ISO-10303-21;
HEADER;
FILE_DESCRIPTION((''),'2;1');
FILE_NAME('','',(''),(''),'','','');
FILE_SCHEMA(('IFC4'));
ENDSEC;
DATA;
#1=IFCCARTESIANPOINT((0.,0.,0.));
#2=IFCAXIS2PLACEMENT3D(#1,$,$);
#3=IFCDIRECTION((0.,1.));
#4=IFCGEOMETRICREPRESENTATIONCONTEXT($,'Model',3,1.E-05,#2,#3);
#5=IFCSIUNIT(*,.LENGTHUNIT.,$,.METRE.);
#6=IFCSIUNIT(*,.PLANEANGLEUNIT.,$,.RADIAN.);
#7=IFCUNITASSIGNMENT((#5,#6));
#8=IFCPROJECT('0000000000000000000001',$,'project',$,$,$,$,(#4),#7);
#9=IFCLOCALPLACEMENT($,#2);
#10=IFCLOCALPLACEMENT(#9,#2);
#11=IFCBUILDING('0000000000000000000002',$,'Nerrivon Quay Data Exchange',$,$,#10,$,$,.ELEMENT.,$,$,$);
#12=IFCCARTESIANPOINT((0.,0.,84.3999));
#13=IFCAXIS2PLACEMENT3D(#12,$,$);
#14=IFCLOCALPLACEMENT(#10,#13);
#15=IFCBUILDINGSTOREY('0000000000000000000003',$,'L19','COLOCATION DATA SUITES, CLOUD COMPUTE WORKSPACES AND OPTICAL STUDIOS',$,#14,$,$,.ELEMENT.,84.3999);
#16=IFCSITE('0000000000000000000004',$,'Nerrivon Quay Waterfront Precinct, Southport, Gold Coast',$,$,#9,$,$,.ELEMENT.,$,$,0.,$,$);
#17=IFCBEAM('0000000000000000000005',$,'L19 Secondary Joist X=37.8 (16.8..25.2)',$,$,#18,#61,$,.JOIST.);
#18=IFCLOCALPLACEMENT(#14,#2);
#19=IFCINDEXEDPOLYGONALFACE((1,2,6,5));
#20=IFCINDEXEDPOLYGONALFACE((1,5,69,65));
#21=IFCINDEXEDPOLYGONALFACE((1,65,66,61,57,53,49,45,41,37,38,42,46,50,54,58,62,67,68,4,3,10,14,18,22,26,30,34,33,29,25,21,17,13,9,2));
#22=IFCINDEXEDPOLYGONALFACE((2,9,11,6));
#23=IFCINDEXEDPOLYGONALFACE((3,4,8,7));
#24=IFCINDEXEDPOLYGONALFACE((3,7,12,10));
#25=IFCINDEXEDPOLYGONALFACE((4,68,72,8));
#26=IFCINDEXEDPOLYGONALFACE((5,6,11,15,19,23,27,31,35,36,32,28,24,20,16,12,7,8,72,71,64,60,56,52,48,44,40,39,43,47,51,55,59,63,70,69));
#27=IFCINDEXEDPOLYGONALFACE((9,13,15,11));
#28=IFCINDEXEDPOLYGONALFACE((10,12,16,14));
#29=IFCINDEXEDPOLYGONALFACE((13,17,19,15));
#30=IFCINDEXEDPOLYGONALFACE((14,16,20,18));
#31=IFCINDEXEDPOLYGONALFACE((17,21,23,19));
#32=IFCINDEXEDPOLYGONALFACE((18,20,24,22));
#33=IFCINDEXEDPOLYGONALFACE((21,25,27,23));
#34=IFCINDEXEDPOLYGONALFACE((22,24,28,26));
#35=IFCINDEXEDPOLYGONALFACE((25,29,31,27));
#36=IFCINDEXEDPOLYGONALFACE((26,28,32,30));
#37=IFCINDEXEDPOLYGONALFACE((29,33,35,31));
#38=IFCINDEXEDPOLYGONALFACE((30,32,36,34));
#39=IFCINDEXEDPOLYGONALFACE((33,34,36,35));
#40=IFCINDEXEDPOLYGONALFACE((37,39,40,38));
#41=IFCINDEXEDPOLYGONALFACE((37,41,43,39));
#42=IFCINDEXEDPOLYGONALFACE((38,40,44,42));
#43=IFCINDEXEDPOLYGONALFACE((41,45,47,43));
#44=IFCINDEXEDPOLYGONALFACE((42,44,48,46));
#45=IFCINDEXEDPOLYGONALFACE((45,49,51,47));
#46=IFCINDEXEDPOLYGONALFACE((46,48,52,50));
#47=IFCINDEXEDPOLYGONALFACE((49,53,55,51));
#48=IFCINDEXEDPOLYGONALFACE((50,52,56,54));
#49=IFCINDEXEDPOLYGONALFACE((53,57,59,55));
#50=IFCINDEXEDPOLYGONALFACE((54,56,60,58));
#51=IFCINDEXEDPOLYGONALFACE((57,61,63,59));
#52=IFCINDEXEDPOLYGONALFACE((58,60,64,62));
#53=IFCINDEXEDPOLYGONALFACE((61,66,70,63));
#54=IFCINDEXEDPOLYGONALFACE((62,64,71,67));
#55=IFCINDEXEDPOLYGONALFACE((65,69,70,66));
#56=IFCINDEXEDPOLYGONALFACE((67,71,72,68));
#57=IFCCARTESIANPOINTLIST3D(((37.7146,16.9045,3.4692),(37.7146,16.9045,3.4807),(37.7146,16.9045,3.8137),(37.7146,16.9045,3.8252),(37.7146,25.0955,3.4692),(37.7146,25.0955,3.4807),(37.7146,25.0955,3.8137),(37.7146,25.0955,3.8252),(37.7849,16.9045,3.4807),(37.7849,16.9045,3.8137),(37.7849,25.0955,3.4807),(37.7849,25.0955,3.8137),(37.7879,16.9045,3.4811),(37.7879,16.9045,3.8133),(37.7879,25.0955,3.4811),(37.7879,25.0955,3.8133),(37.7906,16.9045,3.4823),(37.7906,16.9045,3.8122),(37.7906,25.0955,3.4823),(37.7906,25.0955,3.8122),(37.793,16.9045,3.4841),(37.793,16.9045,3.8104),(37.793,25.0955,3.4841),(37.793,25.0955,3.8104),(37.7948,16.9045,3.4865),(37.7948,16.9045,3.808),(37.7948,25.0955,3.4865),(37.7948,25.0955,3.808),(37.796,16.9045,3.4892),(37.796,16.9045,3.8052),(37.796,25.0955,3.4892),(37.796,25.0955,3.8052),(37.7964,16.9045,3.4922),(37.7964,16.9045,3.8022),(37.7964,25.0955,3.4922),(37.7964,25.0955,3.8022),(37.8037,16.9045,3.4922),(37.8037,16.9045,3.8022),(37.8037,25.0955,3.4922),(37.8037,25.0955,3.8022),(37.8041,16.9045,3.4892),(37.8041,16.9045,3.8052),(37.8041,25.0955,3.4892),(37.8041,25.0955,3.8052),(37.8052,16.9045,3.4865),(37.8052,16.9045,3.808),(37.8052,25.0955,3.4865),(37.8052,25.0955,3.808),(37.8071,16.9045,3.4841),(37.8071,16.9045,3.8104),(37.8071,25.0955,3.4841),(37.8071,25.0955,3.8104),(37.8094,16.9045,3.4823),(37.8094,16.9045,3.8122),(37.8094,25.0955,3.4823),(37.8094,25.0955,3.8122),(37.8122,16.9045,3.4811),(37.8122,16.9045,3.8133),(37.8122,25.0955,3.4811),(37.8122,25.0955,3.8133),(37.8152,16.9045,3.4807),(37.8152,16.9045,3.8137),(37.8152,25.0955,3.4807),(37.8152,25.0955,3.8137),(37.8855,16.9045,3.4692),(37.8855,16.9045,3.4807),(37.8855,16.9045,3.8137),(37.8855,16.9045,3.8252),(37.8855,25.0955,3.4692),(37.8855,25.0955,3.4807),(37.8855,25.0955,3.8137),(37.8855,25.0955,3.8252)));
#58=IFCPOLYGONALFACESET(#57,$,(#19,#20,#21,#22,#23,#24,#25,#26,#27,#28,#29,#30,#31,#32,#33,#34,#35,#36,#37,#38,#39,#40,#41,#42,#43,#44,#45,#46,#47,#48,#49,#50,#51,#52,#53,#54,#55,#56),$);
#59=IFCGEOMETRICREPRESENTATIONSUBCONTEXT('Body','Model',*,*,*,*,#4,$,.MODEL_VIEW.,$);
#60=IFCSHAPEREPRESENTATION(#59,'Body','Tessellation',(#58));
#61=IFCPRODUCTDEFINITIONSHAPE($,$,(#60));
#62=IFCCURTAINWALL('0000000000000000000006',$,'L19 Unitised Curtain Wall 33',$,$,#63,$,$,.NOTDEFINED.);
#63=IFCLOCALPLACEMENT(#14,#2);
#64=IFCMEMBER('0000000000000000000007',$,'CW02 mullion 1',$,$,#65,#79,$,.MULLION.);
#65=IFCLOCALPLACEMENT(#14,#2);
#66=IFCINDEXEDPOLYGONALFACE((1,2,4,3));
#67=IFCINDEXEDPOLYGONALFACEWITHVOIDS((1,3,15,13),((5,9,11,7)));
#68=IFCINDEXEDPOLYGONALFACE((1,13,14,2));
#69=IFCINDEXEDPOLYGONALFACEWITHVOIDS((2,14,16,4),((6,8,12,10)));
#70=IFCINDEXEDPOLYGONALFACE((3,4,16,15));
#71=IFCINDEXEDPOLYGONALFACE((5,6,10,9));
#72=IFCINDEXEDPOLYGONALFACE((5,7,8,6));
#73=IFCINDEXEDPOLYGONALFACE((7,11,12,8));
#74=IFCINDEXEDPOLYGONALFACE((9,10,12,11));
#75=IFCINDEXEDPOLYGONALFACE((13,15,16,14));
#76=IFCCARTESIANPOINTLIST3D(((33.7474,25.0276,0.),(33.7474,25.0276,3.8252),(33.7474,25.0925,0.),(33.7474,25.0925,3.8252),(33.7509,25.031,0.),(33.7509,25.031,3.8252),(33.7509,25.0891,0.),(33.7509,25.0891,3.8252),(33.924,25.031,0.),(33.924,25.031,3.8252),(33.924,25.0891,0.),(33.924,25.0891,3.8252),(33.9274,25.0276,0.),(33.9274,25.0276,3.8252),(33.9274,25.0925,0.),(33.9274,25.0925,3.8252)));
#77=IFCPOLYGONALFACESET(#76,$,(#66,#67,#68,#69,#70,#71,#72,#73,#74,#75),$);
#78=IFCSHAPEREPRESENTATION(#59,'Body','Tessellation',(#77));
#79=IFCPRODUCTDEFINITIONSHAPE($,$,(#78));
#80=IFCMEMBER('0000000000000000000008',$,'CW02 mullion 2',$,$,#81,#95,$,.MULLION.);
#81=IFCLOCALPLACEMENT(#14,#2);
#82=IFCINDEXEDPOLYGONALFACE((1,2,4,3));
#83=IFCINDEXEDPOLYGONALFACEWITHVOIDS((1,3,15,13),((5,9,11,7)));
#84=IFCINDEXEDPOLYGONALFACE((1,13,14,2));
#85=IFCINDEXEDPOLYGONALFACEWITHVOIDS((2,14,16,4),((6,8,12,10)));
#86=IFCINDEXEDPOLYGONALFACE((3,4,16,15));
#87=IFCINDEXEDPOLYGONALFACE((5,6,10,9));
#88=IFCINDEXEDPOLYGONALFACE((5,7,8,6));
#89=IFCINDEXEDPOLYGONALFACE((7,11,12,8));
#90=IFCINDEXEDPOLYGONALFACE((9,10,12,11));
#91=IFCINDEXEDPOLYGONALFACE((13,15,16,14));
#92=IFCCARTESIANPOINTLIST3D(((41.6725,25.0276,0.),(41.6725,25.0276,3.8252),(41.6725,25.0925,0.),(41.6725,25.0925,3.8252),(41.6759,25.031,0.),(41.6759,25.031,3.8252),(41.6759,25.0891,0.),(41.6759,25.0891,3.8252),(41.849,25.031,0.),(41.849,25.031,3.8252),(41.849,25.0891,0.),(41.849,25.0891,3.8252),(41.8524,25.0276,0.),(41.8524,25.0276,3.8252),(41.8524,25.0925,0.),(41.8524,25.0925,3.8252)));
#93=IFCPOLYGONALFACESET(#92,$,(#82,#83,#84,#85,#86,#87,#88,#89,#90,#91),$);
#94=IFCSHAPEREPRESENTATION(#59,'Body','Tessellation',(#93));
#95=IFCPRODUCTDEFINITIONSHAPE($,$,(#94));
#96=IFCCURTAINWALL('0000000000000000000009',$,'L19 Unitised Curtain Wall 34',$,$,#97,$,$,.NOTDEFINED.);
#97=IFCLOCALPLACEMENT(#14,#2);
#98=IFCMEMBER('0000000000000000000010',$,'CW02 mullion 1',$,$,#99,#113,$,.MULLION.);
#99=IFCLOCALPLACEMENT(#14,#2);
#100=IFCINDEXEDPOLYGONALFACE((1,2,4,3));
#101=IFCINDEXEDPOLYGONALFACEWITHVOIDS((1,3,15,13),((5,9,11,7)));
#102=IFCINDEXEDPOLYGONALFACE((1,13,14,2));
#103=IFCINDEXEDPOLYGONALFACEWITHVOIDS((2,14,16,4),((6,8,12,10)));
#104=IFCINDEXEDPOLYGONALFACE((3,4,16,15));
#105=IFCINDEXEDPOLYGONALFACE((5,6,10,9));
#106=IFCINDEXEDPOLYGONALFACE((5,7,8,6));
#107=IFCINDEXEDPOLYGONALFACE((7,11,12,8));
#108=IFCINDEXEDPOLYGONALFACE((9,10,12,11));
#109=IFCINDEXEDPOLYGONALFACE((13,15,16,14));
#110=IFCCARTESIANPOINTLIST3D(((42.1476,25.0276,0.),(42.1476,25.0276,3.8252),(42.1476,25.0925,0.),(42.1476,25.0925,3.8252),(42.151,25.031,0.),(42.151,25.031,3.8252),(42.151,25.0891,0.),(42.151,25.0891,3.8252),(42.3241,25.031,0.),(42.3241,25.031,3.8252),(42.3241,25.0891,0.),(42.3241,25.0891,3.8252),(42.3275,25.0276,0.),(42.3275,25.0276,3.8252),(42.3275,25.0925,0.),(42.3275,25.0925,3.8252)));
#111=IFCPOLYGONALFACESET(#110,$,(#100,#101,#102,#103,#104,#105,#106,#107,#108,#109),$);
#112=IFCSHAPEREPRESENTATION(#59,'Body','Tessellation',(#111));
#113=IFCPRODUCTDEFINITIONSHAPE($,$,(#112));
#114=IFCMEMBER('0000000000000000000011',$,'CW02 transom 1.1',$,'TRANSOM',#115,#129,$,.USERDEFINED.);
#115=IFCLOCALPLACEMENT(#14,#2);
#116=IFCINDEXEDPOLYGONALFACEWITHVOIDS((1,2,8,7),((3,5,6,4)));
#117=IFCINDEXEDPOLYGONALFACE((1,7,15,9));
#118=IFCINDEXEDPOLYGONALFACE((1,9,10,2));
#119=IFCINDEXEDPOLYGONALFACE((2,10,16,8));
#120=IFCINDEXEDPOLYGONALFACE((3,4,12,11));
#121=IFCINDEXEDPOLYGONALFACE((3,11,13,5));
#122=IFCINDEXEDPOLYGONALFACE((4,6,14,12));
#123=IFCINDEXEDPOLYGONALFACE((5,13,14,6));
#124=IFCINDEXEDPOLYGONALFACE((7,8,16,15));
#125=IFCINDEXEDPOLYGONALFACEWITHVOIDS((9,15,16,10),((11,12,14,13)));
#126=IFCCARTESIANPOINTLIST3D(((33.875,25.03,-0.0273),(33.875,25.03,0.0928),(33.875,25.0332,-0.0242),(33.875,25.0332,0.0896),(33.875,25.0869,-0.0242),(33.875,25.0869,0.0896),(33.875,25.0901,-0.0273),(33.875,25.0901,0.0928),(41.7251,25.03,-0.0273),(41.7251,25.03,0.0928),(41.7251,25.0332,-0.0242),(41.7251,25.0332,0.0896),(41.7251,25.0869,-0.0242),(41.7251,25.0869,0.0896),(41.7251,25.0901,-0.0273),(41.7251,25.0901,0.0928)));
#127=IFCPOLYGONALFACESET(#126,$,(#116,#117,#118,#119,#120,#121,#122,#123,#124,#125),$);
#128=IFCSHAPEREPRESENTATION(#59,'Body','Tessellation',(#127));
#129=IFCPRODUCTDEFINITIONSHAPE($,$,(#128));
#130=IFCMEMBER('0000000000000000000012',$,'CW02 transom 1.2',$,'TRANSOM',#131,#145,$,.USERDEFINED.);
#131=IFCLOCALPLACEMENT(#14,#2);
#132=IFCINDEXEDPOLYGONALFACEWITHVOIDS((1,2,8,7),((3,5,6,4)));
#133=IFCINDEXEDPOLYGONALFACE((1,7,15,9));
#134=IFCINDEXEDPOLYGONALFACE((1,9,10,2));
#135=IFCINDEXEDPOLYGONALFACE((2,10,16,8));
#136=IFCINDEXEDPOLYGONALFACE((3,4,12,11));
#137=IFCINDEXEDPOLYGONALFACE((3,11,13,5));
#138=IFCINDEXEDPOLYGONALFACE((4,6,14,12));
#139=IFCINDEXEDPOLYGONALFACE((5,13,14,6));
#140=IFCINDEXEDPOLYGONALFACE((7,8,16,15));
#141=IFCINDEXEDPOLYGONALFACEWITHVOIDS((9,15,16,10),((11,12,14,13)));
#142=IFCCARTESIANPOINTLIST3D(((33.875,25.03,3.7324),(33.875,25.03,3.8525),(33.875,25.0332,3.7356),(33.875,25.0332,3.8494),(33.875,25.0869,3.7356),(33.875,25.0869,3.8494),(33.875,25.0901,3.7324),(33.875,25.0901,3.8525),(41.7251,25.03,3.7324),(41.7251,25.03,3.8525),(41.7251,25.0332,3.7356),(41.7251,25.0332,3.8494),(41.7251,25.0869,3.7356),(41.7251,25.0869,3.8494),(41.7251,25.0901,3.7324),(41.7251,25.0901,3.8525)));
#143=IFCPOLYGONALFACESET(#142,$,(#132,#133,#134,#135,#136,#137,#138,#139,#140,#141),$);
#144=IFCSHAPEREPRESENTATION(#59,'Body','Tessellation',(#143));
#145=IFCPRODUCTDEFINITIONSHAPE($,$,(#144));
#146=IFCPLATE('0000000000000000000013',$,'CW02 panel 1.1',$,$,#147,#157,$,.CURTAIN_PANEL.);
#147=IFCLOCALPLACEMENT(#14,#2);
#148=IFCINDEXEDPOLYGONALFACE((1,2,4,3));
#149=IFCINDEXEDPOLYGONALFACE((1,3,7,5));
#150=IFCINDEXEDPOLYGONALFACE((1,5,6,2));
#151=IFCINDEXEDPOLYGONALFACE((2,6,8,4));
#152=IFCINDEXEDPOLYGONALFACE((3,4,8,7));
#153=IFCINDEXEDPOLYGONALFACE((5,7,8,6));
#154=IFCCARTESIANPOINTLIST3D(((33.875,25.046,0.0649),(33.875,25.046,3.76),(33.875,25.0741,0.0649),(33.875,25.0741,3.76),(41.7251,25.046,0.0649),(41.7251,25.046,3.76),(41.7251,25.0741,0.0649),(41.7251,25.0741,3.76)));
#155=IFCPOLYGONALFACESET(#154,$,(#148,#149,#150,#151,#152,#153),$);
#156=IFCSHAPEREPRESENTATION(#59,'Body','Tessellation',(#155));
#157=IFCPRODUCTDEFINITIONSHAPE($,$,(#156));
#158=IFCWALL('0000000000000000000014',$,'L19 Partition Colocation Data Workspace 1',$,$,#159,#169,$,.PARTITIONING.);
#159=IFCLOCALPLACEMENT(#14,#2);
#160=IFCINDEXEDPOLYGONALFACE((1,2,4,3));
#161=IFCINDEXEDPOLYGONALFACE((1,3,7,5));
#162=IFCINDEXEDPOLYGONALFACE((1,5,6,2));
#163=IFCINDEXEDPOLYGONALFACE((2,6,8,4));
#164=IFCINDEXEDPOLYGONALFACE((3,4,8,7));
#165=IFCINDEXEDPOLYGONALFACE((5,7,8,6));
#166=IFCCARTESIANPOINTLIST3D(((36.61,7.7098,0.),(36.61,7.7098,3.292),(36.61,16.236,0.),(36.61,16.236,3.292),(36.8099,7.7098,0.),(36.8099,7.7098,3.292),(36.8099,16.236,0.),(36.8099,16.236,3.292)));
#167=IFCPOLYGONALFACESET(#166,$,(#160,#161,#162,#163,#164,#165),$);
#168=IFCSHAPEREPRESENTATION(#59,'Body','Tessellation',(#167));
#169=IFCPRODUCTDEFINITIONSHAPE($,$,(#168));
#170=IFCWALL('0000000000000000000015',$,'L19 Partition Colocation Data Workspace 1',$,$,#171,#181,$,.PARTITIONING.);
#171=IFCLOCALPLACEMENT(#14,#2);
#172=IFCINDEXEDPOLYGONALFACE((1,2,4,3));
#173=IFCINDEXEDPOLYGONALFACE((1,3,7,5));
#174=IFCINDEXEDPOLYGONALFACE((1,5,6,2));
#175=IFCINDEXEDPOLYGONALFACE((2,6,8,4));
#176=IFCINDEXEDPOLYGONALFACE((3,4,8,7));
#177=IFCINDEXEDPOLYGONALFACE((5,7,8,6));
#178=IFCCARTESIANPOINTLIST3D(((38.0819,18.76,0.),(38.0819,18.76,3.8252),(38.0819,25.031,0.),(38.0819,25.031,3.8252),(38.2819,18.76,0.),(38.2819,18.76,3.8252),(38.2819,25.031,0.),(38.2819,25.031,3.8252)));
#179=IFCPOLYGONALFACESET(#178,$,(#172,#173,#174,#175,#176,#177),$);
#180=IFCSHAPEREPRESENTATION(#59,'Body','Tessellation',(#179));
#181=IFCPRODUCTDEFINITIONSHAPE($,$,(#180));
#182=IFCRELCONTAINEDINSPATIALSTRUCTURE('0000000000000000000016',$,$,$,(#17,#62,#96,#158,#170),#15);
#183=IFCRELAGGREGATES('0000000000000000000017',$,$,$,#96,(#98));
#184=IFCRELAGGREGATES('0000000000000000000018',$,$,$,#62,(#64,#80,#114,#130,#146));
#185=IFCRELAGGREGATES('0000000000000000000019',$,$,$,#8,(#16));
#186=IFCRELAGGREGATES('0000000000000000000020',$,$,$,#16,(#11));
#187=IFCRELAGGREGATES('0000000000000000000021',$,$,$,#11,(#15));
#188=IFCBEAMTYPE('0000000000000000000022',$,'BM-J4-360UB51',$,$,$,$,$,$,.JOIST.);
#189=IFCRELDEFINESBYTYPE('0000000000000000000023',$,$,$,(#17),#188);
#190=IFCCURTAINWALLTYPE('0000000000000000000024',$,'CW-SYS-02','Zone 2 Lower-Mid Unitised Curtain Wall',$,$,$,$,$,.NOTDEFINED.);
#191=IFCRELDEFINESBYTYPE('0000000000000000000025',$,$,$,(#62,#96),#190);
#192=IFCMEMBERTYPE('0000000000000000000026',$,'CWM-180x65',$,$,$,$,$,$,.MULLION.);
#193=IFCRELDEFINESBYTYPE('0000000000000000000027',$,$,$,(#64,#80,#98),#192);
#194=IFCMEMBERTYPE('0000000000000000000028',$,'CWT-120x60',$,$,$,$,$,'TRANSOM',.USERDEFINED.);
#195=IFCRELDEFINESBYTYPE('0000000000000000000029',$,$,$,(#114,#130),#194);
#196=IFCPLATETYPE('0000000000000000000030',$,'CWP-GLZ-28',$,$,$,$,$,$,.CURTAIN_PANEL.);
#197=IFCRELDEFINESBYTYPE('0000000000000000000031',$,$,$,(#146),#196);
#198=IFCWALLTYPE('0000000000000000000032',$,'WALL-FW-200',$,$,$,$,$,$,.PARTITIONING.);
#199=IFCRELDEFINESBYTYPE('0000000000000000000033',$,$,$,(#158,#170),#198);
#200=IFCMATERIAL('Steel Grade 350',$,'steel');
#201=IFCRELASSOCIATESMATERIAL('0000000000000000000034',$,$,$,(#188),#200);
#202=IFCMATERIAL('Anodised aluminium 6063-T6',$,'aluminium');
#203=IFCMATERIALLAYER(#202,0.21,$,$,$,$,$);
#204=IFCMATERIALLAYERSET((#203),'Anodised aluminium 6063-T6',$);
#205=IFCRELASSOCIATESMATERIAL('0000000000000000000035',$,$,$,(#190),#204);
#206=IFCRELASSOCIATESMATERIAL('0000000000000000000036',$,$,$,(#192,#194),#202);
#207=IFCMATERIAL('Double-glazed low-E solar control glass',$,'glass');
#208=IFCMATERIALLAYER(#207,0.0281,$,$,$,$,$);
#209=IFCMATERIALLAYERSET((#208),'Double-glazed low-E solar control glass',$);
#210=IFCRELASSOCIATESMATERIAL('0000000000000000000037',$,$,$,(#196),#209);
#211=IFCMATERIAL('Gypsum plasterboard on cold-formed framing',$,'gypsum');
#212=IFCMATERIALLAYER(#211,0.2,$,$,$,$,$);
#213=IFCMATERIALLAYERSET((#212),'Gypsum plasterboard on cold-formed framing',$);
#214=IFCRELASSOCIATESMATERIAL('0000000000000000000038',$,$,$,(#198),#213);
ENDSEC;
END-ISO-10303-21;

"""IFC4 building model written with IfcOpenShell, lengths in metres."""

from ifc_helpers import new_model, si_unit, direction, frame, frame_2d, origin, origin_2d, place, context, subcontext, project, spatial, rectangle, hollow_rectangle, i_section, extrude, material, layer, layer_set, material_profile, profile_set, type_object, element, aggregate, save


model = new_model("IFC4")

# Units and contexts
model_context = context("Model", 3, precision=1e-05, world=origin(), true_north=direction((0.0, 1.0)))
body_context = subcontext(model_context, "Body", "Model", "MODEL_VIEW")
ifc_project = project(units=[si_unit("LENGTHUNIT", "METRE"), si_unit("PLANEANGLEUNIT", "RADIAN")], contexts=[model_context])

# Site, building, storey
site_placement = place(None, origin())
site = spatial("IfcSite", under=ifc_project, at=site_placement, Name="Nerrivon Quay Waterfront Precinct, Southport, Gold Coast", CompositionType="ELEMENT", RefElevation=0.0)
building_placement = place(site_placement, origin())
building = spatial("IfcBuilding", under=site, at=building_placement, Name="Nerrivon Quay Data Exchange", CompositionType="ELEMENT")
storey_placement = place(building_placement, frame((0.0, 0.0, 84.3999)))
storey = spatial("IfcBuildingStorey", under=building, at=storey_placement, Name="L19", Description="COLOCATION DATA SUITES, CLOUD COMPUTE WORKSPACES AND OPTICAL STUDIOS", CompositionType="ELEMENT", Elevation=84.3999)

# Shared definitions
ifc_material_1 = material(Name="Steel Grade 350", Category="steel")

# Beam
ifc_material_profile_1 = material_profile(ifc_material_1, i_section(OverallWidth=0.1709, OverallDepth=0.356, WebThickness=0.0073, FlangeThickness=0.0115, FilletRadius=0.0115, at=origin_2d()), Name="360UB50.7")
ifc_profile_set_1 = profile_set([ifc_material_profile_1], Name="Steel Grade 350")
beam_type_1 = type_object("IfcBeamType", Name="BM-J4-360UB51", PredefinedType="JOIST", material=ifc_profile_set_1)
beam_1_placement = place(storey_placement, frame((37.8, 16.9045, 3.6472), z_axis=(0.0, 1.0, 0.0), x_axis=(-1.0, 0.0, 0.0)))
element("IfcBeam", 1, at=beam_1_placement, inside=storey, type_object=beam_type_1, Name="L19 Secondary Joist X=37.8 (16.8..25.2)", PredefinedType="JOIST", context=body_context, shape_type="SweptSolid", body=[
    extrude(i_section(OverallWidth=0.1709, OverallDepth=0.356, WebThickness=0.0073, FlangeThickness=0.0115, FilletRadius=0.0115, at=origin_2d()), origin(), (0.0, 0.0, 1.0), 8.1909),
])

# Curtain wall, members
ifc_material_2 = material(Name="Anodised aluminium 6063-T6", Category="aluminium")
ifc_layer_1 = layer(ifc_material_2, 0.21)
ifc_layer_set_1 = layer_set([ifc_layer_1], Name="Anodised aluminium 6063-T6")
curtain_wall_type = type_object("IfcCurtainWallType", Name="CW-SYS-02", Description="Zone 2 Lower-Mid Unitised Curtain Wall", PredefinedType="NOTDEFINED", material=ifc_layer_set_1)
curtain_wall_1_placement = place(storey_placement, origin())
curtain_wall_1 = element("IfcCurtainWall", 2, at=curtain_wall_1_placement, inside=storey, type_object=curtain_wall_type, Name="L19 Unitised Curtain Wall 33", PredefinedType="NOTDEFINED")
ifc_material_profile_2 = material_profile(ifc_material_2, hollow_rectangle(XDim=0.0649, YDim=0.1799, WallThickness=0.0034, at=origin_2d()), Name="ALU-MULL-180x65")
ifc_profile_set_2 = profile_set([ifc_material_profile_2], Name="Anodised aluminium 6063-T6")
member_type_1 = type_object("IfcMemberType", Name="CWM-180x65", PredefinedType="MULLION", material=ifc_profile_set_2)
member_1_placement = place(storey_placement, frame((33.8374, 25.0601, 0.0), z_axis=(0.0, 0.0, 1.0), x_axis=(0.0, 1.0, 0.0)))
member_1 = element("IfcMember", 3, at=member_1_placement, type_object=member_type_1, Name="CW02 mullion 1", PredefinedType="MULLION", context=body_context, shape_type="SweptSolid", body=[
    extrude(hollow_rectangle(XDim=0.0649, YDim=0.1799, WallThickness=0.0034, at=origin_2d()), origin(), (0.0, 0.0, 1.0), 3.8252),
])
member_2_placement = place(storey_placement, frame((41.7625, 25.0601, 0.0), z_axis=(0.0, 0.0, 1.0), x_axis=(0.0, 1.0, 0.0)))
member_2 = element("IfcMember", 4, at=member_2_placement, type_object=member_type_1, Name="CW02 mullion 2", PredefinedType="MULLION", context=body_context, shape_type="SweptSolid", body=[
    extrude(hollow_rectangle(XDim=0.0649, YDim=0.1799, WallThickness=0.0034, at=origin_2d()), origin(), (0.0, 0.0, 1.0), 3.8252),
])

# Curtain wall, member
curtain_wall_2_placement = place(storey_placement, origin())
curtain_wall_2 = element("IfcCurtainWall", 5, at=curtain_wall_2_placement, inside=storey, type_object=curtain_wall_type, Name="L19 Unitised Curtain Wall 34", PredefinedType="NOTDEFINED")
member_3_placement = place(storey_placement, frame((42.2375, 25.0601, 0.0), z_axis=(0.0, 0.0, 1.0), x_axis=(0.0, 1.0, 0.0)))
member_3 = element("IfcMember", 6, at=member_3_placement, type_object=member_type_1, Name="CW02 mullion 1", PredefinedType="MULLION", context=body_context, shape_type="SweptSolid", body=[
    extrude(hollow_rectangle(XDim=0.0649, YDim=0.1799, WallThickness=0.0034, at=origin_2d()), origin(), (0.0, 0.0, 1.0), 3.8252),
])
aggregate(curtain_wall_2, [member_3])

# Members
ifc_material_profile_3 = material_profile(ifc_material_2, hollow_rectangle(XDim=0.0601, YDim=0.1201, WallThickness=0.0032, at=origin_2d()), Name="ALU-TRAN-120x60")
ifc_profile_set_3 = profile_set([ifc_material_profile_3], Name="Anodised aluminium 6063-T6")
member_type_2 = type_object("IfcMemberType", Name="CWT-120x60", ElementType="TRANSOM", PredefinedType="USERDEFINED", material=ifc_profile_set_3)
member_4_placement = place(storey_placement, frame((33.875, 25.0601, 0.0327), z_axis=(1.0, 0.0, 0.0), x_axis=(0.0, 1.0, 0.0)))
member_4 = element("IfcMember", 7, at=member_4_placement, type_object=member_type_2, Name="CW02 transom 1.1", ObjectType="TRANSOM", PredefinedType="USERDEFINED", context=body_context, shape_type="SweptSolid", body=[
    extrude(hollow_rectangle(XDim=0.0601, YDim=0.1201, WallThickness=0.0032, at=origin_2d()), origin(), (0.0, 0.0, 1.0), 7.8501),
])
member_5_placement = place(storey_placement, frame((33.875, 25.0601, 3.7925), z_axis=(1.0, 0.0, 0.0), x_axis=(0.0, 1.0, 0.0)))
member_5 = element("IfcMember", 8, at=member_5_placement, type_object=member_type_2, Name="CW02 transom 1.2", ObjectType="TRANSOM", PredefinedType="USERDEFINED", context=body_context, shape_type="SweptSolid", body=[
    extrude(hollow_rectangle(XDim=0.0601, YDim=0.1201, WallThickness=0.0032, at=origin_2d()), origin(), (0.0, 0.0, 1.0), 7.8501),
])

# Plate
ifc_material_3 = material(Name="Double-glazed low-E solar control glass", Category="glass")
ifc_layer_2 = layer(ifc_material_3, 0.0281)
ifc_layer_set_2 = layer_set([ifc_layer_2], Name="Double-glazed low-E solar control glass")
plate_type = type_object("IfcPlateType", Name="CWP-GLZ-28", PredefinedType="CURTAIN_PANEL", material=ifc_layer_set_2)
plate_placement = place(storey_placement, frame((37.8, 25.0601, 0.0649), z_axis=(0.0, 0.0, 1.0), x_axis=(1.0, 0.0, 0.0)))
plate = element("IfcPlate", 9, at=plate_placement, type_object=plate_type, Name="CW02 panel 1.1", PredefinedType="CURTAIN_PANEL", context=body_context, shape_type="SweptSolid", body=[
    extrude(rectangle(XDim=7.8501, YDim=0.0281, at=origin_2d()), origin(), (0.0, 0.0, 1.0), 3.6951),
])
aggregate(curtain_wall_1, [member_1, member_2, member_4, member_5, plate])

# Walls
ifc_material_4 = material(Name="Gypsum plasterboard on cold-formed framing", Category="gypsum")
ifc_layer_3 = layer(ifc_material_4, 0.2)
ifc_layer_set_3 = layer_set([ifc_layer_3], Name="Gypsum plasterboard on cold-formed framing")
wall_type_1 = type_object("IfcWallType", Name="WALL-FW-200", PredefinedType="PARTITIONING", material=ifc_layer_set_3)
wall_1_placement = place(storey_placement, frame((36.71, 16.2361, 0.0), z_axis=(0.0, 0.0, 1.0), x_axis=(0.0, -1.0, 0.0)))
element("IfcWall", 10, at=wall_1_placement, inside=storey, type_object=wall_type_1, Name="L19 Partition Colocation Data Workspace 1", PredefinedType="PARTITIONING", context=body_context, shape_type="SweptSolid", body=[
    extrude(rectangle(XDim=8.5261, YDim=0.2, at=frame_2d((4.2632, 0.0))), origin(), (0.0, 0.0, 1.0), 3.292),
])
wall_2_placement = place(storey_placement, frame((38.1819, 25.031, 0.0), z_axis=(0.0, 0.0, 1.0), x_axis=(0.0, -1.0, 0.0)))
element("IfcWall", 11, at=wall_2_placement, inside=storey, type_object=wall_type_1, Name="L19 Partition Colocation Data Workspace 1", PredefinedType="PARTITIONING", context=body_context, shape_type="SweptSolid", body=[
    extrude(rectangle(XDim=6.271, YDim=0.2, at=frame_2d((3.1355, 0.0))), origin(), (0.0, 0.0, 1.0), 3.8252),
])

save(model, "model.ifc")
